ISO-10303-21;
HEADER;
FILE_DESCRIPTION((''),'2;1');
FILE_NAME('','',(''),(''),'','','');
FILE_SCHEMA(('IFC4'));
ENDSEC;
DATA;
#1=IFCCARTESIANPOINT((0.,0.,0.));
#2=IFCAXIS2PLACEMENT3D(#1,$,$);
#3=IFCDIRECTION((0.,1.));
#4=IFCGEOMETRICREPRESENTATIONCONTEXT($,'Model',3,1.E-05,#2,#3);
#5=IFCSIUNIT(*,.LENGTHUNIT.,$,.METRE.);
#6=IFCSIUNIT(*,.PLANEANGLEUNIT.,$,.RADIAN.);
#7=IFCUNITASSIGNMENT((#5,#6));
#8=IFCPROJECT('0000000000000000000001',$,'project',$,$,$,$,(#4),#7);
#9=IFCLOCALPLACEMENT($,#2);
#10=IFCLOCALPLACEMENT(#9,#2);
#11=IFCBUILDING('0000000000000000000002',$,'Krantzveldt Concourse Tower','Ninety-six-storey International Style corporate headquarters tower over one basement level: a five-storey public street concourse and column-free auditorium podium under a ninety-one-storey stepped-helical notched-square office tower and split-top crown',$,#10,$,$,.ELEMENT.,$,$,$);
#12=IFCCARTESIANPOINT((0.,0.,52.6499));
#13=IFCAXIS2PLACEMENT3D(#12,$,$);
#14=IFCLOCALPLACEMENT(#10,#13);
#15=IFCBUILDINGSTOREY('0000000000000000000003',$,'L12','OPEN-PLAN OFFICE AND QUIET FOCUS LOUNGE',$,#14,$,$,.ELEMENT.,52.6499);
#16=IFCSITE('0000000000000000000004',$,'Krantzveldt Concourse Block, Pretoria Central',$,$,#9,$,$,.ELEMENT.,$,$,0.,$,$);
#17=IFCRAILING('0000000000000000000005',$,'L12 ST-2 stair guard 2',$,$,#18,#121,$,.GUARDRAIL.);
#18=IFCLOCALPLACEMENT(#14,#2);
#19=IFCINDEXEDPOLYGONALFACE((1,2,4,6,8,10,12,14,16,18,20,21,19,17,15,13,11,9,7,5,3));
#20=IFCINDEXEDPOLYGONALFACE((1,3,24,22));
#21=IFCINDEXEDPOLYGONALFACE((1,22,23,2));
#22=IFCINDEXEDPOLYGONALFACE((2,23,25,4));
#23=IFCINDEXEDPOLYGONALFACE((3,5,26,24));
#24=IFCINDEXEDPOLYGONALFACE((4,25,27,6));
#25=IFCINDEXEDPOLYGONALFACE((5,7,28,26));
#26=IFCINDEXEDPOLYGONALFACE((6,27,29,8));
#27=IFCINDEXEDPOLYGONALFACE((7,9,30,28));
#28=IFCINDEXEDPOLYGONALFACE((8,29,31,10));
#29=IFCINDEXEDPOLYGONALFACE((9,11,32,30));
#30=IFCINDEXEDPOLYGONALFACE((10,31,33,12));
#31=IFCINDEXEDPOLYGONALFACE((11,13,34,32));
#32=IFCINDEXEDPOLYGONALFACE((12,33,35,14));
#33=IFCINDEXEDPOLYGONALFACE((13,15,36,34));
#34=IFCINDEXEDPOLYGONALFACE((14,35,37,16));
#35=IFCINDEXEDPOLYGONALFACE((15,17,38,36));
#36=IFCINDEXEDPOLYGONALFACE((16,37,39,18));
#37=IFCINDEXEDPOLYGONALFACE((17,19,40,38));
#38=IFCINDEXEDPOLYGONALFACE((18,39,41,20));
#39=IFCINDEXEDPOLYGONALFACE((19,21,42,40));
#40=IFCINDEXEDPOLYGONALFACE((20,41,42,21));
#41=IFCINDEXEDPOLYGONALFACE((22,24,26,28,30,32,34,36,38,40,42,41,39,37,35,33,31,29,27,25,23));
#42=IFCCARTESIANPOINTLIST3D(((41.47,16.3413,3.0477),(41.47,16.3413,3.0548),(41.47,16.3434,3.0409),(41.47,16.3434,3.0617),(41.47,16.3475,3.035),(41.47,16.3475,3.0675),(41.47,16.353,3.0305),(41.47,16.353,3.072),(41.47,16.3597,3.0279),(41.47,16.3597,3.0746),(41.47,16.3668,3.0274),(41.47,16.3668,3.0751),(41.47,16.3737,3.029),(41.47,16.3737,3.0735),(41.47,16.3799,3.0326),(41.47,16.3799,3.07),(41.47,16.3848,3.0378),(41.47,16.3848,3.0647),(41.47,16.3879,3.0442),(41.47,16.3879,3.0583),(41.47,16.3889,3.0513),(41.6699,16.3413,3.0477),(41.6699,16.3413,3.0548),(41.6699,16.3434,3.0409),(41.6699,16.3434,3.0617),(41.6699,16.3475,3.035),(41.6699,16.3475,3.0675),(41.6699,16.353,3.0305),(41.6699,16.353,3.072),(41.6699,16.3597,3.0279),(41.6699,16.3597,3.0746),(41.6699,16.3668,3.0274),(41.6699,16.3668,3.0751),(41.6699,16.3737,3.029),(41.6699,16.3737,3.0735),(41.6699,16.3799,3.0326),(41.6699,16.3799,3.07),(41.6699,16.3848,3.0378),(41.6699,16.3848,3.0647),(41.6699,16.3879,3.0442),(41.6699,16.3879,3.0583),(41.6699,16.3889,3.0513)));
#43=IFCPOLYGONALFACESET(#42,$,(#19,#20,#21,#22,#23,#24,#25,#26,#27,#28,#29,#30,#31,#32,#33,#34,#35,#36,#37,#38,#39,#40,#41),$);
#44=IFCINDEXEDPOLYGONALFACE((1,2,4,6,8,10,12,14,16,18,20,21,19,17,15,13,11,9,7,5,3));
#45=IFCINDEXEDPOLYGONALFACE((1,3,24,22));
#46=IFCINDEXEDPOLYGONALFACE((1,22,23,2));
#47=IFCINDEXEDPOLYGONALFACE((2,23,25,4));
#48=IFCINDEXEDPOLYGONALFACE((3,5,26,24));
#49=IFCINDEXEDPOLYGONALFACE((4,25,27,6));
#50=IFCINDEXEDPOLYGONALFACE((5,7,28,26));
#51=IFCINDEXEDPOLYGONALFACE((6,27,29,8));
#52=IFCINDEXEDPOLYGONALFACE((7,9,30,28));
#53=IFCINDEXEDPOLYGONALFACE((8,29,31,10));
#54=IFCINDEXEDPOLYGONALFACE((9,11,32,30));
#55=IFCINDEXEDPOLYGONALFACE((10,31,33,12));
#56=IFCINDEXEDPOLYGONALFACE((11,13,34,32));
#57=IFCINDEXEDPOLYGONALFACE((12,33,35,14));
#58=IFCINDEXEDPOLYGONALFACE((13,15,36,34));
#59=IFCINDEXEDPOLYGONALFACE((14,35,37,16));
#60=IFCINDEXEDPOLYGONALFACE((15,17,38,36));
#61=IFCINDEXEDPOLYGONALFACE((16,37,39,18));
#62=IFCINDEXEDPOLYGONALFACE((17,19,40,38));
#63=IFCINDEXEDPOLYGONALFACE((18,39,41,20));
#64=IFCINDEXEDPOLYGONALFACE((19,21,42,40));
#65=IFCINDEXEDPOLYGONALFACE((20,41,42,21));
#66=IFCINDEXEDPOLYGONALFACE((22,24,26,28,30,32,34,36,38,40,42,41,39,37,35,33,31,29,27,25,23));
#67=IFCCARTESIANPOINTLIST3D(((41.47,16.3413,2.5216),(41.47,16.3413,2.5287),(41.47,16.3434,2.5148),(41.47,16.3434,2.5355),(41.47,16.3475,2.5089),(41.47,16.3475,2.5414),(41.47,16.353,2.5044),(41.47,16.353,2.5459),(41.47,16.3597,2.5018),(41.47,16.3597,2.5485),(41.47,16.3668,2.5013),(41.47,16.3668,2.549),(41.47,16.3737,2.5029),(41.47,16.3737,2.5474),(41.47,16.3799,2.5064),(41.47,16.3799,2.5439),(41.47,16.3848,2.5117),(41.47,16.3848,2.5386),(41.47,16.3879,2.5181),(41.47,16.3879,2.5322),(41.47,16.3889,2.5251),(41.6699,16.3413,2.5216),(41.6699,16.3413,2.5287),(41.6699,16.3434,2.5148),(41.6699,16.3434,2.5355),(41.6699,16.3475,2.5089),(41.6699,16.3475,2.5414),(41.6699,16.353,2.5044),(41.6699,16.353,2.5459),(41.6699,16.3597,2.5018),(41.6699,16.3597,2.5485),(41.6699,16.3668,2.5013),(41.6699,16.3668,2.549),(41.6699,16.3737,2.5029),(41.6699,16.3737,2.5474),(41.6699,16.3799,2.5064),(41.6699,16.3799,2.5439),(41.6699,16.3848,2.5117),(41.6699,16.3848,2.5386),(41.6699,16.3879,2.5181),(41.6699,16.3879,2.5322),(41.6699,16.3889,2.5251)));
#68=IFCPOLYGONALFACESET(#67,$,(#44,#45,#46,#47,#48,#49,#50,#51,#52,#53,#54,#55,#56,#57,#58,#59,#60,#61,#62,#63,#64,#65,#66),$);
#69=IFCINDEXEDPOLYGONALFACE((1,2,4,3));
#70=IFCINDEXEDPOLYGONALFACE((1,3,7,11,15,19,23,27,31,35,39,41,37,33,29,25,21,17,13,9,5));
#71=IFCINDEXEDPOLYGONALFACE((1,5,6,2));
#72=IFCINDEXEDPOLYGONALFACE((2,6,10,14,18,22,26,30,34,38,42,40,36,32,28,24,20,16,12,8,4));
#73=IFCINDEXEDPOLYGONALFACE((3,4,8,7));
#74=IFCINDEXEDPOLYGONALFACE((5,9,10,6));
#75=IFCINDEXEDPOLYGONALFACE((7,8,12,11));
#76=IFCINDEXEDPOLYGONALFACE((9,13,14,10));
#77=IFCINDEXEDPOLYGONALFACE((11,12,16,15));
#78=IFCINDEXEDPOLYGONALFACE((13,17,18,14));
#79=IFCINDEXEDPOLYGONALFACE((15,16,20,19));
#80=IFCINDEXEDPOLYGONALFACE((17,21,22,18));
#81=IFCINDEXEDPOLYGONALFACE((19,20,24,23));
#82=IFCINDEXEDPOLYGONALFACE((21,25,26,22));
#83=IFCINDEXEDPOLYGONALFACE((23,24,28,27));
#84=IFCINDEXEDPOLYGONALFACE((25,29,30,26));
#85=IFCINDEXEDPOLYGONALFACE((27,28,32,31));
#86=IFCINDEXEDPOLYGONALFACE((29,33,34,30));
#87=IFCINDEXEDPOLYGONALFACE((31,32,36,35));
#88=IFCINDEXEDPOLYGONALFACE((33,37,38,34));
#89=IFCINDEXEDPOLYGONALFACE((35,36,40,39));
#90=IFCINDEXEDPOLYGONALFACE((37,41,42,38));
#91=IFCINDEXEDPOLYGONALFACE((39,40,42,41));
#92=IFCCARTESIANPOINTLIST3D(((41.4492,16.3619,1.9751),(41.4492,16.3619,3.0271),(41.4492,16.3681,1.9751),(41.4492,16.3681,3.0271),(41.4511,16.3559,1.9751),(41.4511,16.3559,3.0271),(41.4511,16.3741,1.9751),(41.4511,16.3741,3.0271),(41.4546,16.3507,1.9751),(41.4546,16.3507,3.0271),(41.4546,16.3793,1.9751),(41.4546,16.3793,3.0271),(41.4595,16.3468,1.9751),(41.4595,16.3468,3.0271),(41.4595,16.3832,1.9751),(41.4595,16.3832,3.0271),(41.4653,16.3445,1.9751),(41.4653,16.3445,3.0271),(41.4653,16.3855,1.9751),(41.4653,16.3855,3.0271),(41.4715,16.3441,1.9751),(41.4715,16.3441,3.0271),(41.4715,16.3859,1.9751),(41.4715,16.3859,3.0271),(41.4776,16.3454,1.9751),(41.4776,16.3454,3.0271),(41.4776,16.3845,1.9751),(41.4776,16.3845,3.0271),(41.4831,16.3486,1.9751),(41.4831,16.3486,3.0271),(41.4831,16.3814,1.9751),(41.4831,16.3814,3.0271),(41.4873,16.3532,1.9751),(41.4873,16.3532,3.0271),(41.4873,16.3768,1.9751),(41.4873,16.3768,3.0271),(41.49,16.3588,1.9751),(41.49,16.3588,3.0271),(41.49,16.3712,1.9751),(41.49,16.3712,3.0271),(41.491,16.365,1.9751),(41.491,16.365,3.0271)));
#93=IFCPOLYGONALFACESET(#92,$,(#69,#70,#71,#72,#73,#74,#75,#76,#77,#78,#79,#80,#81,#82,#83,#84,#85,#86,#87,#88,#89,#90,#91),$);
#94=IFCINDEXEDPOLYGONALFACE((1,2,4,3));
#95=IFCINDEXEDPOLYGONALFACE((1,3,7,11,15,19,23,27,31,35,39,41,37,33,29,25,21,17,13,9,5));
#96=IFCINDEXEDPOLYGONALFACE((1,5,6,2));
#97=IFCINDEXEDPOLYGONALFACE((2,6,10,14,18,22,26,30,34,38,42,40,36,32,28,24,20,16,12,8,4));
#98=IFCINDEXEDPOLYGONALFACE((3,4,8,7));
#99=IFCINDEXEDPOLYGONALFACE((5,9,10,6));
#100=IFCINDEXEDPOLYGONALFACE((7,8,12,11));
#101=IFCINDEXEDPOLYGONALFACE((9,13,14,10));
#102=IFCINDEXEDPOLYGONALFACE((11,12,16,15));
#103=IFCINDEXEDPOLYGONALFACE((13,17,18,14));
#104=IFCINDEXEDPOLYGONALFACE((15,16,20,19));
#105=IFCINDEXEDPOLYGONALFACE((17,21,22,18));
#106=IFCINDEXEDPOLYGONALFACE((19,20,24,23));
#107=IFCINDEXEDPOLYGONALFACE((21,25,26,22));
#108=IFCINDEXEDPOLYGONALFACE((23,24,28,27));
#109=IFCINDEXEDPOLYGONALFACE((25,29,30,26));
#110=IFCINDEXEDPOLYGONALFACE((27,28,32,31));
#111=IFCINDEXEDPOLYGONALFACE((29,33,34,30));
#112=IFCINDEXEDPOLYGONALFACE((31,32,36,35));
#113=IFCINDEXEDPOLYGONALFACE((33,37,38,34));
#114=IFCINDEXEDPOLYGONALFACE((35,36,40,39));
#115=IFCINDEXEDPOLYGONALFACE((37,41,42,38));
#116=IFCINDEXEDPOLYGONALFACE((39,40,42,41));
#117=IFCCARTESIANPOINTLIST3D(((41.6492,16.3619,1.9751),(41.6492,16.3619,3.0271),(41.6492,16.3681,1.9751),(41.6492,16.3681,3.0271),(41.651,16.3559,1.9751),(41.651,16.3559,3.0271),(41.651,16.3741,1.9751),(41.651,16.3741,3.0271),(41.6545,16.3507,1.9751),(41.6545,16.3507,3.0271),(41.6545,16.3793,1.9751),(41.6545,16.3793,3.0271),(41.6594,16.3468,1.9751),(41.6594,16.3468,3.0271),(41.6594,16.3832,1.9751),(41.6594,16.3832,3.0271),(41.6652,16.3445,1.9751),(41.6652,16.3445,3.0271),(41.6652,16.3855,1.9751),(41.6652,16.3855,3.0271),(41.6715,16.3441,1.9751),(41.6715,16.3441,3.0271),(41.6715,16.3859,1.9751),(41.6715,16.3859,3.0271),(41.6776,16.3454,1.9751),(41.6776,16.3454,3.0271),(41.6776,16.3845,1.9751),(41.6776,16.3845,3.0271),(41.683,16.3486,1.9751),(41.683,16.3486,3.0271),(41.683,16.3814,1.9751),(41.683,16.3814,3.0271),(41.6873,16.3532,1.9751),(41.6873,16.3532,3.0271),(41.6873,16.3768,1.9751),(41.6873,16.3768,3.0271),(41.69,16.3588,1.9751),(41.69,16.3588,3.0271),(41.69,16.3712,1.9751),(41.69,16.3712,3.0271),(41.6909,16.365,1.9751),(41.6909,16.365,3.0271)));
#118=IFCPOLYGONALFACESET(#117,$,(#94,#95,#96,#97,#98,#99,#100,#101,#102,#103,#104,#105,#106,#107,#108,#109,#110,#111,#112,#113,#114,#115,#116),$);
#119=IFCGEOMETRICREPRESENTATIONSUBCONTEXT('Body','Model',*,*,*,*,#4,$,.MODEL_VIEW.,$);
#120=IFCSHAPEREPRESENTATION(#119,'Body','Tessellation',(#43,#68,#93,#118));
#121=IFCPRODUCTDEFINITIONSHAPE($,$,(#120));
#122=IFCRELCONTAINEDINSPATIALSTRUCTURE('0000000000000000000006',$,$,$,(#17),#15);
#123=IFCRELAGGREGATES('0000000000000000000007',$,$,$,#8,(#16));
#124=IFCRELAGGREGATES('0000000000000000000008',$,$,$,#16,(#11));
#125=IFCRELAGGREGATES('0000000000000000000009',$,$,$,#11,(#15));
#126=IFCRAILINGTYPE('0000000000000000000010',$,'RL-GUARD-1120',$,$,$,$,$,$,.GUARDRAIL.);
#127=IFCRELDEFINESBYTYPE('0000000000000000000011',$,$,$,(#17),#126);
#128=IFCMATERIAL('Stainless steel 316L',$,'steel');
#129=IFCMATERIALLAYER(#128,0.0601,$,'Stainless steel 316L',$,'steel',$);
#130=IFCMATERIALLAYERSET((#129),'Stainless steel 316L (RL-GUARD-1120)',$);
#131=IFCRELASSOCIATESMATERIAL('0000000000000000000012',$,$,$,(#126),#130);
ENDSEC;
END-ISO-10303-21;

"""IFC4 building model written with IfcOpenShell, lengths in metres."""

from ifc_helpers import new_model, si_unit, direction, frame, origin, origin_2d, place, context, subcontext, project, spatial, circle, extrude, material, layer, layer_set, type_object, element, save


model = new_model("IFC4")

# Units and contexts
model_context = context("Model", 3, precision=1e-05, world=origin(), true_north=direction((0.0, 1.0)))
body_context = subcontext(model_context, "Body", "Model", "MODEL_VIEW")
ifc_project = project(units=[si_unit("LENGTHUNIT", "METRE"), si_unit("PLANEANGLEUNIT", "RADIAN")], contexts=[model_context])

# Site, building, storey
site_placement = place(None, origin())
site = spatial("IfcSite", under=ifc_project, at=site_placement, Name="Krantzveldt Concourse Block, Pretoria Central", CompositionType="ELEMENT", RefElevation=0.0)
building_placement = place(site_placement, origin())
building = spatial("IfcBuilding", under=site, at=building_placement, Name="Krantzveldt Concourse Tower", Description="Ninety-six-storey International Style corporate headquarters tower over one basement level: a five-storey public street concourse and column-free auditorium podium under a ninety-one-storey stepped-helical notched-square office tower and split-top crown", CompositionType="ELEMENT")
storey_placement = place(building_placement, frame((0.0, 0.0, 52.6499)))
storey = spatial("IfcBuildingStorey", under=building, at=storey_placement, Name="L12", Description="OPEN-PLAN OFFICE AND QUIET FOCUS LOUNGE", CompositionType="ELEMENT", Elevation=52.6499)

# Shared definitions
ifc_material_1 = material(Name="Stainless steel 316L", Category="steel")

# Railing
ifc_layer_1 = layer(ifc_material_1, 0.0601, Name="Stainless steel 316L", Category="steel")
ifc_layer_set_1 = layer_set([ifc_layer_1], Name="Stainless steel 316L (RL-GUARD-1120)")
railing_type_1 = type_object("IfcRailingType", Name="RL-GUARD-1120", PredefinedType="GUARDRAIL", material=ifc_layer_set_1)
railing_1_placement = place(storey_placement, frame((41.47, 16.365, 1.9751)))
element("IfcRailing", 1, at=railing_1_placement, inside=storey, type_object=railing_type_1, Name="L12 ST-2 stair guard 2", PredefinedType="GUARDRAIL", context=body_context, shape_type="SweptSolid", body=[
    extrude(circle(Radius=0.0239, at=origin_2d()), frame((0.0, 0.0, 1.0762), z_axis=(1.0, 0.0, 0.0), x_axis=(0.0, 1.0, 0.0)), (0.0, 0.0, 1.0), 0.2),
    extrude(circle(Radius=0.0239, at=origin_2d()), frame((0.0, 0.0, 0.55), z_axis=(1.0, 0.0, 0.0), x_axis=(0.0, 1.0, 0.0)), (0.0, 0.0, 1.0), 0.2),
    extrude(circle(Radius=0.021, at=origin_2d()), origin(), (0.0, 0.0, 1.0), 1.052),
    extrude(circle(Radius=0.021, at=origin_2d()), frame((0.2, 0.0, 0.0)), (0.0, 0.0, 1.0), 1.052),
])

save(model, "model.ifc")
